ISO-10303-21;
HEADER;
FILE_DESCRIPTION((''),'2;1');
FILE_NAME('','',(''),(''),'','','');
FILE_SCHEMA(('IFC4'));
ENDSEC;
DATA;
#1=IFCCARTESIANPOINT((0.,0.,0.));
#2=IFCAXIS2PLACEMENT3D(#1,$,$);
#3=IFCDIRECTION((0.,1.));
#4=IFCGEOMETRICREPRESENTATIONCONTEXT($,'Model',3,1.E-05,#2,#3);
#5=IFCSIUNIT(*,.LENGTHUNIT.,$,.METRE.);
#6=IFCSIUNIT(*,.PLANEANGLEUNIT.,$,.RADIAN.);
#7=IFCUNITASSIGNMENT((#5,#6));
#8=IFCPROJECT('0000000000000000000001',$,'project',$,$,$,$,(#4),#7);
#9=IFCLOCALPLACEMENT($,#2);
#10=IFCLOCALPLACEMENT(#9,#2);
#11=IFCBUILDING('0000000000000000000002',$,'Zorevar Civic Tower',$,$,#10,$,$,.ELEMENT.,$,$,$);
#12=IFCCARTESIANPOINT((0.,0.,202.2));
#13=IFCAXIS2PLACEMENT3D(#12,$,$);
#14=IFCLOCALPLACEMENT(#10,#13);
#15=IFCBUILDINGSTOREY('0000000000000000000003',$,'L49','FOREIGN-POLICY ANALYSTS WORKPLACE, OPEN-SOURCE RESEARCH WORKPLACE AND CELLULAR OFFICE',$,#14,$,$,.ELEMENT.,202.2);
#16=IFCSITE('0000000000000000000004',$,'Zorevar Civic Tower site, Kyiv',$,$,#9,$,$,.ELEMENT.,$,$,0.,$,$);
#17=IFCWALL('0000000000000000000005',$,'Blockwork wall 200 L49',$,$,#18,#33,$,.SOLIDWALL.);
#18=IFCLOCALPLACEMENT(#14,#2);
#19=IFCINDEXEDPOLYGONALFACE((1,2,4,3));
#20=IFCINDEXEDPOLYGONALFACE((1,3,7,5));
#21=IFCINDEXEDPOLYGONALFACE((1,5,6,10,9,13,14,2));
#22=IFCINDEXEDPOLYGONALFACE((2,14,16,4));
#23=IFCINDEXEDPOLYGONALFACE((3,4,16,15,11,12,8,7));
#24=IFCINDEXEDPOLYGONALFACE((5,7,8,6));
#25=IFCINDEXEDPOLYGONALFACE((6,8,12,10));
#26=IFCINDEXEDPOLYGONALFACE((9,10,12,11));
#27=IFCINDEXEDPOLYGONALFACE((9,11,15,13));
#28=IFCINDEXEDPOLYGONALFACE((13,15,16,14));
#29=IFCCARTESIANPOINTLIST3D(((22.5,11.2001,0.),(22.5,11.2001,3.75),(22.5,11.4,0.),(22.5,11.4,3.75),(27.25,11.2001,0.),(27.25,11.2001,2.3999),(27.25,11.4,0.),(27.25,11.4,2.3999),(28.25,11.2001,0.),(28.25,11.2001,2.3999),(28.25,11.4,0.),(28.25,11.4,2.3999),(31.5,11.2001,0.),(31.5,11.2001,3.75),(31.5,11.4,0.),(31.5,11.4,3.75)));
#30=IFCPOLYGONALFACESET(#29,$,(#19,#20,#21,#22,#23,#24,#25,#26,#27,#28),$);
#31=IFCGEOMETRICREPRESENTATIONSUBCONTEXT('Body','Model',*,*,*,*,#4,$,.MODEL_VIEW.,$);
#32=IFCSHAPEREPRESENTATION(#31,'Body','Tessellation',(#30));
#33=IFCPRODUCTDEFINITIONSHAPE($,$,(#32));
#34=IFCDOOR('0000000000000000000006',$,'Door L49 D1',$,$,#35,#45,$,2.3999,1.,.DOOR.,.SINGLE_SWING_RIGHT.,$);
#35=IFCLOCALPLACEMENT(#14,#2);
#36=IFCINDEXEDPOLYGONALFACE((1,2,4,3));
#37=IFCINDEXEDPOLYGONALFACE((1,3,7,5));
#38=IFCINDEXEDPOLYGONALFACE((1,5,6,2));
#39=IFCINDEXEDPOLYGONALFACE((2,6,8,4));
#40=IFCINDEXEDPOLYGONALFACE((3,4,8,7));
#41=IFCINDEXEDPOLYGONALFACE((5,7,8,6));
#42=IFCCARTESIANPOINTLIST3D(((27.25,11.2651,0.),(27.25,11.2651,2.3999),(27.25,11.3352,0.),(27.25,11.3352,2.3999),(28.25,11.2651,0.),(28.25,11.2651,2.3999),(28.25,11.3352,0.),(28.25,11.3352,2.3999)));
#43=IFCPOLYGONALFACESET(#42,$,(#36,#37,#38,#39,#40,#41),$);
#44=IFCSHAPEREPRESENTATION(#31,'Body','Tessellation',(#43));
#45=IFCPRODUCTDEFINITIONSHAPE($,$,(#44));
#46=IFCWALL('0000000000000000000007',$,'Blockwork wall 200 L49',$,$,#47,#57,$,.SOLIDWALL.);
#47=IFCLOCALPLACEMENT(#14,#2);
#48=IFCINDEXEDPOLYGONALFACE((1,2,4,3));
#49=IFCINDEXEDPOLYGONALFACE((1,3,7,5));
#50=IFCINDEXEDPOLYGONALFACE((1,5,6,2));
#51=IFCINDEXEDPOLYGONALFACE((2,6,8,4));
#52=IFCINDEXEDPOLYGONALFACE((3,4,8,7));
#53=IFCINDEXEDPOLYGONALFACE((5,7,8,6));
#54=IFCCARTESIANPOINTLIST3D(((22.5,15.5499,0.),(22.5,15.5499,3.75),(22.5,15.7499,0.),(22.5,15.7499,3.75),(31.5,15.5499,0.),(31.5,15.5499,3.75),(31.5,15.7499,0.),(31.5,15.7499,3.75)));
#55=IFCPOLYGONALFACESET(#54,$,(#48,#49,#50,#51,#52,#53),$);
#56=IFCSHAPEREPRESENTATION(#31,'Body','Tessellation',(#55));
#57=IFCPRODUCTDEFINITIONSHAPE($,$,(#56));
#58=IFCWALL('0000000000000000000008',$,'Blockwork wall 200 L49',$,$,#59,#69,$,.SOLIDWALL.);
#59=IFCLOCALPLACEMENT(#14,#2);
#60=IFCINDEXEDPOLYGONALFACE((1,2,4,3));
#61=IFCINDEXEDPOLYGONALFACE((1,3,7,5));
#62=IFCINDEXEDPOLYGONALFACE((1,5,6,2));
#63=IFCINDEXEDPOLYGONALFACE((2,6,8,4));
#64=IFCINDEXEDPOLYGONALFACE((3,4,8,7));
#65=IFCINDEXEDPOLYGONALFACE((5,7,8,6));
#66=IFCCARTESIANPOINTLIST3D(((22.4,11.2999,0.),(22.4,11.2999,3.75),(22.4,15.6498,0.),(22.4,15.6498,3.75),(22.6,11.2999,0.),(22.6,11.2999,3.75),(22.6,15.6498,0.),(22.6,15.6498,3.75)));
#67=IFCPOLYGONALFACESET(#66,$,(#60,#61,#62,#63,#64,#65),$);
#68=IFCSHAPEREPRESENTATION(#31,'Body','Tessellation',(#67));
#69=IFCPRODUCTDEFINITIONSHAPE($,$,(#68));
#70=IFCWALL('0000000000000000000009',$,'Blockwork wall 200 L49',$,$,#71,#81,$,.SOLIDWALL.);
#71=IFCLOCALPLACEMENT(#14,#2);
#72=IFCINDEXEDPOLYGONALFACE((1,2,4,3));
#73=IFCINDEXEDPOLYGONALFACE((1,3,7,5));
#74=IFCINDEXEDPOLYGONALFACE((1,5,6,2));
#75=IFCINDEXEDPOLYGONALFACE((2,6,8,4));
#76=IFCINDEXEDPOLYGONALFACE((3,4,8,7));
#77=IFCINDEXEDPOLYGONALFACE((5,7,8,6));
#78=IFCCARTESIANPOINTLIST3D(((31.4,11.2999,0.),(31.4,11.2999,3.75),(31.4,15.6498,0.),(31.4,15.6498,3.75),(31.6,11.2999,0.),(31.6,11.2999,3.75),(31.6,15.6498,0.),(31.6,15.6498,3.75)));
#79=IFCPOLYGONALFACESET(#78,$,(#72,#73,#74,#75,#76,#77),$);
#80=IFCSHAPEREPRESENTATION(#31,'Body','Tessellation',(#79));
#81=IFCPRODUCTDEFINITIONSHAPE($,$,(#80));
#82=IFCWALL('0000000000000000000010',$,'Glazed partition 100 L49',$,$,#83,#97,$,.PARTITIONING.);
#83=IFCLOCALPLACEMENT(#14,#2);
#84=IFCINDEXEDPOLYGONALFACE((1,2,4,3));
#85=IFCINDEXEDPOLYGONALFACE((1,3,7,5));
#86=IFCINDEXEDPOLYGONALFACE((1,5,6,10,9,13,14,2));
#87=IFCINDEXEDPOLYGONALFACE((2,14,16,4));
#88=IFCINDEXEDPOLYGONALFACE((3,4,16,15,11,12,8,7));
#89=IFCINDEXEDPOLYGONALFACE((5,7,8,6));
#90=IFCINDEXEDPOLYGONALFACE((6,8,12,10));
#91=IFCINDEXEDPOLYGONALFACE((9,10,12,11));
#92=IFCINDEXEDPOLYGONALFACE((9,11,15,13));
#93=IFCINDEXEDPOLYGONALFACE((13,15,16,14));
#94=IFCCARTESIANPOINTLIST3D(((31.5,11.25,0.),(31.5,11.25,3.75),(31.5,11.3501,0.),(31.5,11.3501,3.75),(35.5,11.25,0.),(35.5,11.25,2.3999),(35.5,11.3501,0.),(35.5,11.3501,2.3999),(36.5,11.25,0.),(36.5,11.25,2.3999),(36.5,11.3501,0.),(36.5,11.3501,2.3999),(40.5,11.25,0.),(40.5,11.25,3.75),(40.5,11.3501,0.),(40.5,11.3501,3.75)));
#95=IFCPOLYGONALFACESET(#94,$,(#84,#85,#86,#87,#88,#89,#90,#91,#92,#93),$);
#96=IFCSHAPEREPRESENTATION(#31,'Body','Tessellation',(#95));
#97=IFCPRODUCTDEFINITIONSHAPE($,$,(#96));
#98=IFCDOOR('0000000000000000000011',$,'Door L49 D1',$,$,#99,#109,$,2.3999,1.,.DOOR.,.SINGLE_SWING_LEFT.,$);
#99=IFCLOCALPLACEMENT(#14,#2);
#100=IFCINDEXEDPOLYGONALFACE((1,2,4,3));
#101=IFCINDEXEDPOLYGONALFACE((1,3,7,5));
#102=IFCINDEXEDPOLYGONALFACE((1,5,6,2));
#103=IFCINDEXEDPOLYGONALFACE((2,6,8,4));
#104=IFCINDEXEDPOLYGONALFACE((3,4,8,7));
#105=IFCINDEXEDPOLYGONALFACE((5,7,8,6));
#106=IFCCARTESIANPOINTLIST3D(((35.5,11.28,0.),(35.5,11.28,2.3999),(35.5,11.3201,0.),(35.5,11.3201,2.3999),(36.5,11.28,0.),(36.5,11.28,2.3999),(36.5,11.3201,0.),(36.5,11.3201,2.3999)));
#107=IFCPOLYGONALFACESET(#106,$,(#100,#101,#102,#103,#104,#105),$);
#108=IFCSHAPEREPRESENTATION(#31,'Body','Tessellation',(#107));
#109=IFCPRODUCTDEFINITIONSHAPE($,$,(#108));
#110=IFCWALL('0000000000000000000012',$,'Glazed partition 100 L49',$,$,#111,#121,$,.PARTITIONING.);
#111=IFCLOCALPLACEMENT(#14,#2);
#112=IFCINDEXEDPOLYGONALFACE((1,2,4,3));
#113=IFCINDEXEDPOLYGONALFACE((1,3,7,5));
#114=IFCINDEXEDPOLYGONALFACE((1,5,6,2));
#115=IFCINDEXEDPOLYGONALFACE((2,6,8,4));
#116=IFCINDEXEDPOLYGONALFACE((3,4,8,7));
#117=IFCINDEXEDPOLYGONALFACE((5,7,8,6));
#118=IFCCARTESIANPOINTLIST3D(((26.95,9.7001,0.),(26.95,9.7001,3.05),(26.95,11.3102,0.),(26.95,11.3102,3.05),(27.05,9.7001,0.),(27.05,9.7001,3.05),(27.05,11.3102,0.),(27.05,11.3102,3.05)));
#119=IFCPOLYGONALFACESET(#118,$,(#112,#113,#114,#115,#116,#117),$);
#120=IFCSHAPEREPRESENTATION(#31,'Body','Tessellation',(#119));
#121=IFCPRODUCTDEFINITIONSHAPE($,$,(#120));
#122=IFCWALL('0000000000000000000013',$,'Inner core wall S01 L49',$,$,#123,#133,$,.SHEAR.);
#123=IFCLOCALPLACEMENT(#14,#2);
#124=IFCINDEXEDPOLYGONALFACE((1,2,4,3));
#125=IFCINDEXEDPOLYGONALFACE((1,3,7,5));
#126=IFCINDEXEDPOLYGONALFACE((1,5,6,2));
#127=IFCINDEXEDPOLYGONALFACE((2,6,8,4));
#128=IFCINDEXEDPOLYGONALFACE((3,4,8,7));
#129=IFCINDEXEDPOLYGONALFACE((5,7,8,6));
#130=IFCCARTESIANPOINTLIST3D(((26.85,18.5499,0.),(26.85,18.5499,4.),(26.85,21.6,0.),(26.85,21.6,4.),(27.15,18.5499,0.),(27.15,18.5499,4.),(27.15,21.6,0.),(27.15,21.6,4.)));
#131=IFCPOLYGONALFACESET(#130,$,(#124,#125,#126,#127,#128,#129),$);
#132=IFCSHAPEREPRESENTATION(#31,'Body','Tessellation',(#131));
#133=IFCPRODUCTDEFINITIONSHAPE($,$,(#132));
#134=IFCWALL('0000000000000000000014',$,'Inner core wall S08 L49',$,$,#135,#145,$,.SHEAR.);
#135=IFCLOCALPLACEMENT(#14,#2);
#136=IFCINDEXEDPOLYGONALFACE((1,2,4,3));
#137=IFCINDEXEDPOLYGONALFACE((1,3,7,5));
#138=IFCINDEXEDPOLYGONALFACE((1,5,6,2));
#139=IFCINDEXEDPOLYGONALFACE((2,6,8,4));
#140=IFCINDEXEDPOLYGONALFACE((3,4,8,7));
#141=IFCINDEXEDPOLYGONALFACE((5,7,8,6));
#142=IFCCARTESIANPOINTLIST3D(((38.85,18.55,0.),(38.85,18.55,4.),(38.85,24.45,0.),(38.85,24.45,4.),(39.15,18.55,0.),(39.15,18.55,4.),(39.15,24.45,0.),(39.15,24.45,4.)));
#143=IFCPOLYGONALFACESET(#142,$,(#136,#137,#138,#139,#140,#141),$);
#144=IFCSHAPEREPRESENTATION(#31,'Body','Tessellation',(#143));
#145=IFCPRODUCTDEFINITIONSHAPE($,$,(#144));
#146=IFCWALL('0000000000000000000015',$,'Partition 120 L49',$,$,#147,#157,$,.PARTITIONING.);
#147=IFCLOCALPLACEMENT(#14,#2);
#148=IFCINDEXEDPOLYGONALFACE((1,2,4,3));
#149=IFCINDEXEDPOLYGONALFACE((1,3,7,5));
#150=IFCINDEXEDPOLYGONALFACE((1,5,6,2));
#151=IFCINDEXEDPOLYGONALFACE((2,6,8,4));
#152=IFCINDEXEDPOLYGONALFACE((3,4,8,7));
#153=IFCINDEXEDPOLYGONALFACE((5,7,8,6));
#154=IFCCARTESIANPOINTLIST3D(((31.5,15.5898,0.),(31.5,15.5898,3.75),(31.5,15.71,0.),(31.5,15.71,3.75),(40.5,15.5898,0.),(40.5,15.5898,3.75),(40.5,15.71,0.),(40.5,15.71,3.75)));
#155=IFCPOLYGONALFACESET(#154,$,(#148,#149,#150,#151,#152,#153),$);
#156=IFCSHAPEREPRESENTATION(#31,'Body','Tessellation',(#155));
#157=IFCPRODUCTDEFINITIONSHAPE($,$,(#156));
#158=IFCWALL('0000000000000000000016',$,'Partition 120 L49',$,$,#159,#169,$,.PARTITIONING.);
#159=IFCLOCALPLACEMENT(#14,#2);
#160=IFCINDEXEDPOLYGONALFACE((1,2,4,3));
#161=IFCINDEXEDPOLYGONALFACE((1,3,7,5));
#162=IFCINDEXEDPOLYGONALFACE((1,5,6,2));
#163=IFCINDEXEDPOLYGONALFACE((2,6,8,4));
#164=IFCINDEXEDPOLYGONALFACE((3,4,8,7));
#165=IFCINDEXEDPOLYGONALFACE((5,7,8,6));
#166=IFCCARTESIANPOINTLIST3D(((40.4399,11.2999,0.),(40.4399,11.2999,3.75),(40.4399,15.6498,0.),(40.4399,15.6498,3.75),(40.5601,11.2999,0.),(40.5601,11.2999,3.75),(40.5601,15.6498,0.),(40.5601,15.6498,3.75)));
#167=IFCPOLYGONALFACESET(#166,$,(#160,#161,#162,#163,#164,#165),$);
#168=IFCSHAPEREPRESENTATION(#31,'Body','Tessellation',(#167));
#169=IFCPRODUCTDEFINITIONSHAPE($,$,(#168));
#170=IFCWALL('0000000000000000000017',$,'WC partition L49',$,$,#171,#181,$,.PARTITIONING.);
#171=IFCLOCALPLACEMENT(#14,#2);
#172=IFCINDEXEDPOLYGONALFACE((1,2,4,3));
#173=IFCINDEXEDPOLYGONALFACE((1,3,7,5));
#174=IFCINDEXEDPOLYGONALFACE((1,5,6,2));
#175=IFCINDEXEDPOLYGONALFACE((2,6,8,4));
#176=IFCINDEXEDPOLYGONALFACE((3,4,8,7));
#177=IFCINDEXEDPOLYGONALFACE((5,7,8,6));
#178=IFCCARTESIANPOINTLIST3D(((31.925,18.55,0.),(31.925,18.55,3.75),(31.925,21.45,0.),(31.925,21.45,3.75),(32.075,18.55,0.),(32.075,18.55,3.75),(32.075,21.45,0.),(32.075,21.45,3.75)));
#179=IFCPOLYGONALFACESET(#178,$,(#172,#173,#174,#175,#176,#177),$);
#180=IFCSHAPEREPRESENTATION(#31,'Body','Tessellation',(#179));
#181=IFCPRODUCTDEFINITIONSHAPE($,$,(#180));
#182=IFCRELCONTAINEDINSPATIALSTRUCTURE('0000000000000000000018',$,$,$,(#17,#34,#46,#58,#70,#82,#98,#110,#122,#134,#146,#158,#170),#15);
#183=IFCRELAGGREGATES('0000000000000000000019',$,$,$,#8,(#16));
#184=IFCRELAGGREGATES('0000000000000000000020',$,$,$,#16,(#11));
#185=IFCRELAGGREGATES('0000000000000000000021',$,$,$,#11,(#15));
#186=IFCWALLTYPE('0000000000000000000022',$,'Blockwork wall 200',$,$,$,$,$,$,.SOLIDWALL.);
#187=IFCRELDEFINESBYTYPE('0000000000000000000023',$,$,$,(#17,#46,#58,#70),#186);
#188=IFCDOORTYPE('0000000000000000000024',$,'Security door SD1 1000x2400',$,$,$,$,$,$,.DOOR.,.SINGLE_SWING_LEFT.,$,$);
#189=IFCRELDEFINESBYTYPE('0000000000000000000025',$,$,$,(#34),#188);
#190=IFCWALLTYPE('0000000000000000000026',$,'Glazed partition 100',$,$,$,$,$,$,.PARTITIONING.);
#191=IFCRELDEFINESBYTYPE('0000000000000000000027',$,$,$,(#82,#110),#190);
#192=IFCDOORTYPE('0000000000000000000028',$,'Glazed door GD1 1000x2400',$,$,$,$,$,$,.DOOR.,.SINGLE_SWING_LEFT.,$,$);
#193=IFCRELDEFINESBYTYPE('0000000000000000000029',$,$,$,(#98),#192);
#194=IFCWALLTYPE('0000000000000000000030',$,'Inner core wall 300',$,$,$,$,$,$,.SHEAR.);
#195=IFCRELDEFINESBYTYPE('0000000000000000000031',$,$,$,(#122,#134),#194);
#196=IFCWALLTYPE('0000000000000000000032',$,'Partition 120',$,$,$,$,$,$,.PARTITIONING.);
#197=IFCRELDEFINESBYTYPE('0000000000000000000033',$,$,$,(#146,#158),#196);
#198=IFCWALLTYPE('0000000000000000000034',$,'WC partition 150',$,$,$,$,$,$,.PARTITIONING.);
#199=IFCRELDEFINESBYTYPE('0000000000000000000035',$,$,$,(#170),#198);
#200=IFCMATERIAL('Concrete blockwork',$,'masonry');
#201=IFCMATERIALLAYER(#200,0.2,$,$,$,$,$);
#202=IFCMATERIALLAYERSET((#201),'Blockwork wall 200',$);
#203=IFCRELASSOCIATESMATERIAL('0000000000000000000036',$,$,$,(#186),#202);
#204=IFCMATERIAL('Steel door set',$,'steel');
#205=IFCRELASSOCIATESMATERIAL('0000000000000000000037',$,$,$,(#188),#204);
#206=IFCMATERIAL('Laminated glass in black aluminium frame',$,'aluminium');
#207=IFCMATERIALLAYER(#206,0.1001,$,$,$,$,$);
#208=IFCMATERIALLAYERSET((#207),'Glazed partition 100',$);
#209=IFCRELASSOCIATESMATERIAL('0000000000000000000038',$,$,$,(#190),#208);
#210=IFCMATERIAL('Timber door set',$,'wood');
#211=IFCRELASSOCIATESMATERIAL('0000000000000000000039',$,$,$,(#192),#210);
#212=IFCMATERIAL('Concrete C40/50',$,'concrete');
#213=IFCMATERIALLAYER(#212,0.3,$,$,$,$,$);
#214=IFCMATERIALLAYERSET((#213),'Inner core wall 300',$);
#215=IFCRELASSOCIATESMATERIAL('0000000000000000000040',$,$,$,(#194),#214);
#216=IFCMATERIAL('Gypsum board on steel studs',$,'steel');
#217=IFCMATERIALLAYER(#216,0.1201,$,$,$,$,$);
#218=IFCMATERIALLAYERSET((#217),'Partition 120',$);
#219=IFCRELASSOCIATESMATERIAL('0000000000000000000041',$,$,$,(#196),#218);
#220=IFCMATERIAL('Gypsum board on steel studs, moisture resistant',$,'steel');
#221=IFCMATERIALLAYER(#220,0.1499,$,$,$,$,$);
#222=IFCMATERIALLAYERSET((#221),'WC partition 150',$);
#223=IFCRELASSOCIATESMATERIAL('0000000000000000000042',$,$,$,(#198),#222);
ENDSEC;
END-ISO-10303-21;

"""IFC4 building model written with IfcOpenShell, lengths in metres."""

from ifc_helpers import new_model, si_unit, direction, frame, frame_2d, origin, place, context, subcontext, project, spatial, rectangle, extrude, material, layer, layer_set, type_object, element, fill, save


model = new_model("IFC4")

# Units and contexts
model_context = context("Model", 3, precision=1e-05, world=origin(), true_north=direction((0.0, 1.0)))
body_context = subcontext(model_context, "Body", "Model", "MODEL_VIEW")
ifc_project = project(units=[si_unit("LENGTHUNIT", "METRE"), si_unit("PLANEANGLEUNIT", "RADIAN")], contexts=[model_context])

# Site, building, storey
site_placement = place(None, origin())
site = spatial("IfcSite", under=ifc_project, at=site_placement, Name="Zorevar Civic Tower site, Kyiv", CompositionType="ELEMENT", RefElevation=0.0)
building_placement = place(site_placement, origin())
building = spatial("IfcBuilding", under=site, at=building_placement, Name="Zorevar Civic Tower", CompositionType="ELEMENT")
storey_placement = place(building_placement, frame((0.0, 0.0, 202.2)))
storey = spatial("IfcBuildingStorey", under=building, at=storey_placement, Name="L49", Description="FOREIGN-POLICY ANALYSTS WORKPLACE, OPEN-SOURCE RESEARCH WORKPLACE AND CELLULAR OFFICE", CompositionType="ELEMENT", Elevation=202.2)

# Wall, opening, door
ifc_material_1 = material(Name="Concrete blockwork", Category="masonry")
ifc_layer_1 = layer(ifc_material_1, 0.2)
ifc_layer_set_1 = layer_set([ifc_layer_1], Name="Blockwork wall 200")
wall_type_1 = type_object("IfcWallType", Name="Blockwork wall 200", PredefinedType="SOLIDWALL", material=ifc_layer_set_1)
wall_1_placement = place(storey_placement, frame((22.5, 11.3, 0.0), z_axis=(0.0, 0.0, 1.0), x_axis=(1.0, 0.0, 0.0)))
wall_1 = element("IfcWall", 1, at=wall_1_placement, inside=storey, type_object=wall_type_1, Name="Blockwork wall 200 L49", PredefinedType="SOLIDWALL", context=body_context, shape_type="SweptSolid", body=[
    extrude(rectangle(XDim=9.0, YDim=0.2, at=frame_2d((4.5, 0.0))), origin(), (0.0, 0.0, 1.0), 3.75),
])
opening_1_placement = place(wall_1_placement, frame((4.75, 0.0, 0.0)))
opening_1 = element("IfcOpeningElement", 2, at=opening_1_placement, cuts=wall_1, PredefinedType="OPENING", context=body_context, shape_type="SweptSolid", body=[
    extrude(rectangle(XDim=1.0, YDim=2.3999, at=frame_2d((0.5, 1.2))), frame((0.0, 0.1099, 0.0), z_axis=(0.0, -1.0, 0.0), x_axis=(1.0, 0.0, 0.0)), (0.0, 0.0, 1.0), 0.22),
])
ifc_material_2 = material(Name="Steel door set", Category="steel")
door_type_1 = type_object("IfcDoorType", Name="Security door SD1 1000x2400", OperationType="SINGLE_SWING_LEFT", PredefinedType="DOOR", material=ifc_material_2)
door_1_placement = place(opening_1_placement, origin())
door_1 = element("IfcDoor", 3, at=door_1_placement, inside=storey, type_object=door_type_1, Name="Door L49 D1", OperationType="SINGLE_SWING_RIGHT", OverallHeight=2.3999, OverallWidth=1.0, PredefinedType="DOOR", context=body_context, shape_type="SweptSolid", body=[
    extrude(rectangle(XDim=1.0, YDim=2.3999, at=frame_2d((0.5, 1.2))), frame((0.0, 0.0352, 0.0), z_axis=(0.0, -1.0, 0.0), x_axis=(1.0, 0.0, 0.0)), (0.0, 0.0, 1.0), 0.0701),
])
fill(opening_1, door_1)

# Walls
wall_2_placement = place(storey_placement, frame((22.5, 15.6499, 0.0), z_axis=(0.0, 0.0, 1.0), x_axis=(1.0, 0.0, 0.0)))
element("IfcWall", 4, at=wall_2_placement, inside=storey, type_object=wall_type_1, Name="Blockwork wall 200 L49", PredefinedType="SOLIDWALL", context=body_context, shape_type="SweptSolid", body=[
    extrude(rectangle(XDim=9.0, YDim=0.2, at=frame_2d((4.5, 0.0))), origin(), (0.0, 0.0, 1.0), 3.75),
])
for number, where, z_axis, x_axis, name in (
    (5, (22.5, 11.3, 0.0), (0.0, 0.0, 1.0), (0.0, 1.0, 0.0), "Blockwork wall 200 L49"),
    (6, (31.5, 11.3, 0.0), (0.0, 0.0, 1.0), (0.0, 1.0, 0.0), "Blockwork wall 200 L49"),
):
    element("IfcWall", number, at=place(storey_placement, frame(where, z_axis=z_axis, x_axis=x_axis)), inside=storey, type_object=wall_type_1, Name=name, PredefinedType="SOLIDWALL", context=body_context, shape_type="SweptSolid", body=[
        extrude(rectangle(XDim=4.3499, YDim=0.2, at=frame_2d((2.1748, 0.0))), origin(), (0.0, 0.0, 1.0), 3.75),
    ])

# Wall, opening, door
ifc_material_3 = material(Name="Laminated glass in black aluminium frame", Category="aluminium")
ifc_layer_2 = layer(ifc_material_3, 0.1001)
ifc_layer_set_2 = layer_set([ifc_layer_2], Name="Glazed partition 100")
wall_type_2 = type_object("IfcWallType", Name="Glazed partition 100", PredefinedType="PARTITIONING", material=ifc_layer_set_2)
wall_3_placement = place(storey_placement, frame((31.5, 11.3, 0.0), z_axis=(0.0, 0.0, 1.0), x_axis=(1.0, 0.0, 0.0)))
wall_3 = element("IfcWall", 7, at=wall_3_placement, inside=storey, type_object=wall_type_2, Name="Glazed partition 100 L49", PredefinedType="PARTITIONING", context=body_context, shape_type="SweptSolid", body=[
    extrude(rectangle(XDim=9.0, YDim=0.1001, at=frame_2d((4.5, 0.0))), origin(), (0.0, 0.0, 1.0), 3.75),
])
opening_2_placement = place(wall_3_placement, frame((4.0, 0.0, 0.0)))
opening_2 = element("IfcOpeningElement", 8, at=opening_2_placement, cuts=wall_3, PredefinedType="OPENING", context=body_context, shape_type="SweptSolid", body=[
    extrude(rectangle(XDim=1.0, YDim=2.3999, at=frame_2d((0.5, 1.2))), frame((0.0, 0.0601, 0.0), z_axis=(0.0, -1.0, 0.0), x_axis=(1.0, 0.0, 0.0)), (0.0, 0.0, 1.0), 0.1201),
])
ifc_material_4 = material(Name="Timber door set", Category="wood")
door_type_2 = type_object("IfcDoorType", Name="Glazed door GD1 1000x2400", OperationType="SINGLE_SWING_LEFT", PredefinedType="DOOR", material=ifc_material_4)
door_2_placement = place(opening_2_placement, origin())
door_2 = element("IfcDoor", 9, at=door_2_placement, inside=storey, type_object=door_type_2, Name="Door L49 D1", OperationType="SINGLE_SWING_LEFT", OverallHeight=2.3999, OverallWidth=1.0, PredefinedType="DOOR", context=body_context, shape_type="SweptSolid", body=[
    extrude(rectangle(XDim=1.0, YDim=2.3999, at=frame_2d((0.5, 1.2))), frame((0.0, 0.02, 0.0), z_axis=(0.0, -1.0, 0.0), x_axis=(1.0, 0.0, 0.0)), (0.0, 0.0, 1.0), 0.04),
])
fill(opening_2, door_2)

# Walls
wall_4_placement = place(storey_placement, frame((27.0, 9.7, 0.0), z_axis=(0.0, 0.0, 1.0), x_axis=(0.0, 1.0, 0.0)))
element("IfcWall", 10, at=wall_4_placement, inside=storey, type_object=wall_type_2, Name="Glazed partition 100 L49", PredefinedType="PARTITIONING", context=body_context, shape_type="SweptSolid", body=[
    extrude(rectangle(XDim=1.6101, YDim=0.1001, at=frame_2d((0.8052, 0.0))), origin(), (0.0, 0.0, 1.0), 3.05),
])
ifc_material_5 = material(Name="Concrete C40/50", Category="concrete")
ifc_layer_3 = layer(ifc_material_5, 0.3)
ifc_layer_set_3 = layer_set([ifc_layer_3], Name="Inner core wall 300")
wall_type_3 = type_object("IfcWallType", Name="Inner core wall 300", PredefinedType="SHEAR", material=ifc_layer_set_3)
wall_5_placement = place(storey_placement, frame((27.0, 18.55, 0.0), z_axis=(0.0, 0.0, 1.0), x_axis=(0.0, 1.0, 0.0)))
element("IfcWall", 11, at=wall_5_placement, inside=storey, type_object=wall_type_3, Name="Inner core wall S01 L49", PredefinedType="SHEAR", context=body_context, shape_type="SweptSolid", body=[
    extrude(rectangle(XDim=3.05, YDim=0.3, at=frame_2d((1.5249, 0.0))), origin(), (0.0, 0.0, 1.0), 4.0),
])
wall_6_placement = place(storey_placement, frame((39.0, 18.55, 0.0), z_axis=(0.0, 0.0, 1.0), x_axis=(0.0, 1.0, 0.0)))
element("IfcWall", 12, at=wall_6_placement, inside=storey, type_object=wall_type_3, Name="Inner core wall S08 L49", PredefinedType="SHEAR", context=body_context, shape_type="SweptSolid", body=[
    extrude(rectangle(XDim=5.8999, YDim=0.3, at=frame_2d((2.95, 0.0))), origin(), (0.0, 0.0, 1.0), 4.0),
])
ifc_material_6 = material(Name="Gypsum board on steel studs", Category="steel")
ifc_layer_4 = layer(ifc_material_6, 0.1201)
ifc_layer_set_4 = layer_set([ifc_layer_4], Name="Partition 120")
wall_type_4 = type_object("IfcWallType", Name="Partition 120", PredefinedType="PARTITIONING", material=ifc_layer_set_4)
wall_7_placement = place(storey_placement, frame((31.5, 15.6499, 0.0), z_axis=(0.0, 0.0, 1.0), x_axis=(1.0, 0.0, 0.0)))
element("IfcWall", 13, at=wall_7_placement, inside=storey, type_object=wall_type_4, Name="Partition 120 L49", PredefinedType="PARTITIONING", context=body_context, shape_type="SweptSolid", body=[
    extrude(rectangle(XDim=9.0, YDim=0.1201, at=frame_2d((4.5, 0.0))), origin(), (0.0, 0.0, 1.0), 3.75),
])
wall_8_placement = place(storey_placement, frame((40.5, 11.3, 0.0), z_axis=(0.0, 0.0, 1.0), x_axis=(0.0, 1.0, 0.0)))
element("IfcWall", 14, at=wall_8_placement, inside=storey, type_object=wall_type_4, Name="Partition 120 L49", PredefinedType="PARTITIONING", context=body_context, shape_type="SweptSolid", body=[
    extrude(rectangle(XDim=4.3499, YDim=0.1201, at=frame_2d((2.1748, 0.0))), origin(), (0.0, 0.0, 1.0), 3.75),
])
ifc_material_7 = material(Name="Gypsum board on steel studs, moisture resistant", Category="steel")
ifc_layer_5 = layer(ifc_material_7, 0.1499)
ifc_layer_set_5 = layer_set([ifc_layer_5], Name="WC partition 150")
wall_type_5 = type_object("IfcWallType", Name="WC partition 150", PredefinedType="PARTITIONING", material=ifc_layer_set_5)
for number, where, z_axis, x_axis, name in (
    (15, (32.0, 18.55, 0.0), (0.0, 0.0, 1.0), (0.0, 1.0, 0.0), "WC partition L49"),
):
    element("IfcWall", number, at=place(storey_placement, frame(where, z_axis=z_axis, x_axis=x_axis)), inside=storey, type_object=wall_type_5, Name=name, PredefinedType="PARTITIONING", context=body_context, shape_type="SweptSolid", body=[
        extrude(rectangle(XDim=2.8999, YDim=0.1499, at=frame_2d((1.45, 0.0))), origin(), (0.0, 0.0, 1.0), 3.75),
    ])

save(model, "model.ifc")
